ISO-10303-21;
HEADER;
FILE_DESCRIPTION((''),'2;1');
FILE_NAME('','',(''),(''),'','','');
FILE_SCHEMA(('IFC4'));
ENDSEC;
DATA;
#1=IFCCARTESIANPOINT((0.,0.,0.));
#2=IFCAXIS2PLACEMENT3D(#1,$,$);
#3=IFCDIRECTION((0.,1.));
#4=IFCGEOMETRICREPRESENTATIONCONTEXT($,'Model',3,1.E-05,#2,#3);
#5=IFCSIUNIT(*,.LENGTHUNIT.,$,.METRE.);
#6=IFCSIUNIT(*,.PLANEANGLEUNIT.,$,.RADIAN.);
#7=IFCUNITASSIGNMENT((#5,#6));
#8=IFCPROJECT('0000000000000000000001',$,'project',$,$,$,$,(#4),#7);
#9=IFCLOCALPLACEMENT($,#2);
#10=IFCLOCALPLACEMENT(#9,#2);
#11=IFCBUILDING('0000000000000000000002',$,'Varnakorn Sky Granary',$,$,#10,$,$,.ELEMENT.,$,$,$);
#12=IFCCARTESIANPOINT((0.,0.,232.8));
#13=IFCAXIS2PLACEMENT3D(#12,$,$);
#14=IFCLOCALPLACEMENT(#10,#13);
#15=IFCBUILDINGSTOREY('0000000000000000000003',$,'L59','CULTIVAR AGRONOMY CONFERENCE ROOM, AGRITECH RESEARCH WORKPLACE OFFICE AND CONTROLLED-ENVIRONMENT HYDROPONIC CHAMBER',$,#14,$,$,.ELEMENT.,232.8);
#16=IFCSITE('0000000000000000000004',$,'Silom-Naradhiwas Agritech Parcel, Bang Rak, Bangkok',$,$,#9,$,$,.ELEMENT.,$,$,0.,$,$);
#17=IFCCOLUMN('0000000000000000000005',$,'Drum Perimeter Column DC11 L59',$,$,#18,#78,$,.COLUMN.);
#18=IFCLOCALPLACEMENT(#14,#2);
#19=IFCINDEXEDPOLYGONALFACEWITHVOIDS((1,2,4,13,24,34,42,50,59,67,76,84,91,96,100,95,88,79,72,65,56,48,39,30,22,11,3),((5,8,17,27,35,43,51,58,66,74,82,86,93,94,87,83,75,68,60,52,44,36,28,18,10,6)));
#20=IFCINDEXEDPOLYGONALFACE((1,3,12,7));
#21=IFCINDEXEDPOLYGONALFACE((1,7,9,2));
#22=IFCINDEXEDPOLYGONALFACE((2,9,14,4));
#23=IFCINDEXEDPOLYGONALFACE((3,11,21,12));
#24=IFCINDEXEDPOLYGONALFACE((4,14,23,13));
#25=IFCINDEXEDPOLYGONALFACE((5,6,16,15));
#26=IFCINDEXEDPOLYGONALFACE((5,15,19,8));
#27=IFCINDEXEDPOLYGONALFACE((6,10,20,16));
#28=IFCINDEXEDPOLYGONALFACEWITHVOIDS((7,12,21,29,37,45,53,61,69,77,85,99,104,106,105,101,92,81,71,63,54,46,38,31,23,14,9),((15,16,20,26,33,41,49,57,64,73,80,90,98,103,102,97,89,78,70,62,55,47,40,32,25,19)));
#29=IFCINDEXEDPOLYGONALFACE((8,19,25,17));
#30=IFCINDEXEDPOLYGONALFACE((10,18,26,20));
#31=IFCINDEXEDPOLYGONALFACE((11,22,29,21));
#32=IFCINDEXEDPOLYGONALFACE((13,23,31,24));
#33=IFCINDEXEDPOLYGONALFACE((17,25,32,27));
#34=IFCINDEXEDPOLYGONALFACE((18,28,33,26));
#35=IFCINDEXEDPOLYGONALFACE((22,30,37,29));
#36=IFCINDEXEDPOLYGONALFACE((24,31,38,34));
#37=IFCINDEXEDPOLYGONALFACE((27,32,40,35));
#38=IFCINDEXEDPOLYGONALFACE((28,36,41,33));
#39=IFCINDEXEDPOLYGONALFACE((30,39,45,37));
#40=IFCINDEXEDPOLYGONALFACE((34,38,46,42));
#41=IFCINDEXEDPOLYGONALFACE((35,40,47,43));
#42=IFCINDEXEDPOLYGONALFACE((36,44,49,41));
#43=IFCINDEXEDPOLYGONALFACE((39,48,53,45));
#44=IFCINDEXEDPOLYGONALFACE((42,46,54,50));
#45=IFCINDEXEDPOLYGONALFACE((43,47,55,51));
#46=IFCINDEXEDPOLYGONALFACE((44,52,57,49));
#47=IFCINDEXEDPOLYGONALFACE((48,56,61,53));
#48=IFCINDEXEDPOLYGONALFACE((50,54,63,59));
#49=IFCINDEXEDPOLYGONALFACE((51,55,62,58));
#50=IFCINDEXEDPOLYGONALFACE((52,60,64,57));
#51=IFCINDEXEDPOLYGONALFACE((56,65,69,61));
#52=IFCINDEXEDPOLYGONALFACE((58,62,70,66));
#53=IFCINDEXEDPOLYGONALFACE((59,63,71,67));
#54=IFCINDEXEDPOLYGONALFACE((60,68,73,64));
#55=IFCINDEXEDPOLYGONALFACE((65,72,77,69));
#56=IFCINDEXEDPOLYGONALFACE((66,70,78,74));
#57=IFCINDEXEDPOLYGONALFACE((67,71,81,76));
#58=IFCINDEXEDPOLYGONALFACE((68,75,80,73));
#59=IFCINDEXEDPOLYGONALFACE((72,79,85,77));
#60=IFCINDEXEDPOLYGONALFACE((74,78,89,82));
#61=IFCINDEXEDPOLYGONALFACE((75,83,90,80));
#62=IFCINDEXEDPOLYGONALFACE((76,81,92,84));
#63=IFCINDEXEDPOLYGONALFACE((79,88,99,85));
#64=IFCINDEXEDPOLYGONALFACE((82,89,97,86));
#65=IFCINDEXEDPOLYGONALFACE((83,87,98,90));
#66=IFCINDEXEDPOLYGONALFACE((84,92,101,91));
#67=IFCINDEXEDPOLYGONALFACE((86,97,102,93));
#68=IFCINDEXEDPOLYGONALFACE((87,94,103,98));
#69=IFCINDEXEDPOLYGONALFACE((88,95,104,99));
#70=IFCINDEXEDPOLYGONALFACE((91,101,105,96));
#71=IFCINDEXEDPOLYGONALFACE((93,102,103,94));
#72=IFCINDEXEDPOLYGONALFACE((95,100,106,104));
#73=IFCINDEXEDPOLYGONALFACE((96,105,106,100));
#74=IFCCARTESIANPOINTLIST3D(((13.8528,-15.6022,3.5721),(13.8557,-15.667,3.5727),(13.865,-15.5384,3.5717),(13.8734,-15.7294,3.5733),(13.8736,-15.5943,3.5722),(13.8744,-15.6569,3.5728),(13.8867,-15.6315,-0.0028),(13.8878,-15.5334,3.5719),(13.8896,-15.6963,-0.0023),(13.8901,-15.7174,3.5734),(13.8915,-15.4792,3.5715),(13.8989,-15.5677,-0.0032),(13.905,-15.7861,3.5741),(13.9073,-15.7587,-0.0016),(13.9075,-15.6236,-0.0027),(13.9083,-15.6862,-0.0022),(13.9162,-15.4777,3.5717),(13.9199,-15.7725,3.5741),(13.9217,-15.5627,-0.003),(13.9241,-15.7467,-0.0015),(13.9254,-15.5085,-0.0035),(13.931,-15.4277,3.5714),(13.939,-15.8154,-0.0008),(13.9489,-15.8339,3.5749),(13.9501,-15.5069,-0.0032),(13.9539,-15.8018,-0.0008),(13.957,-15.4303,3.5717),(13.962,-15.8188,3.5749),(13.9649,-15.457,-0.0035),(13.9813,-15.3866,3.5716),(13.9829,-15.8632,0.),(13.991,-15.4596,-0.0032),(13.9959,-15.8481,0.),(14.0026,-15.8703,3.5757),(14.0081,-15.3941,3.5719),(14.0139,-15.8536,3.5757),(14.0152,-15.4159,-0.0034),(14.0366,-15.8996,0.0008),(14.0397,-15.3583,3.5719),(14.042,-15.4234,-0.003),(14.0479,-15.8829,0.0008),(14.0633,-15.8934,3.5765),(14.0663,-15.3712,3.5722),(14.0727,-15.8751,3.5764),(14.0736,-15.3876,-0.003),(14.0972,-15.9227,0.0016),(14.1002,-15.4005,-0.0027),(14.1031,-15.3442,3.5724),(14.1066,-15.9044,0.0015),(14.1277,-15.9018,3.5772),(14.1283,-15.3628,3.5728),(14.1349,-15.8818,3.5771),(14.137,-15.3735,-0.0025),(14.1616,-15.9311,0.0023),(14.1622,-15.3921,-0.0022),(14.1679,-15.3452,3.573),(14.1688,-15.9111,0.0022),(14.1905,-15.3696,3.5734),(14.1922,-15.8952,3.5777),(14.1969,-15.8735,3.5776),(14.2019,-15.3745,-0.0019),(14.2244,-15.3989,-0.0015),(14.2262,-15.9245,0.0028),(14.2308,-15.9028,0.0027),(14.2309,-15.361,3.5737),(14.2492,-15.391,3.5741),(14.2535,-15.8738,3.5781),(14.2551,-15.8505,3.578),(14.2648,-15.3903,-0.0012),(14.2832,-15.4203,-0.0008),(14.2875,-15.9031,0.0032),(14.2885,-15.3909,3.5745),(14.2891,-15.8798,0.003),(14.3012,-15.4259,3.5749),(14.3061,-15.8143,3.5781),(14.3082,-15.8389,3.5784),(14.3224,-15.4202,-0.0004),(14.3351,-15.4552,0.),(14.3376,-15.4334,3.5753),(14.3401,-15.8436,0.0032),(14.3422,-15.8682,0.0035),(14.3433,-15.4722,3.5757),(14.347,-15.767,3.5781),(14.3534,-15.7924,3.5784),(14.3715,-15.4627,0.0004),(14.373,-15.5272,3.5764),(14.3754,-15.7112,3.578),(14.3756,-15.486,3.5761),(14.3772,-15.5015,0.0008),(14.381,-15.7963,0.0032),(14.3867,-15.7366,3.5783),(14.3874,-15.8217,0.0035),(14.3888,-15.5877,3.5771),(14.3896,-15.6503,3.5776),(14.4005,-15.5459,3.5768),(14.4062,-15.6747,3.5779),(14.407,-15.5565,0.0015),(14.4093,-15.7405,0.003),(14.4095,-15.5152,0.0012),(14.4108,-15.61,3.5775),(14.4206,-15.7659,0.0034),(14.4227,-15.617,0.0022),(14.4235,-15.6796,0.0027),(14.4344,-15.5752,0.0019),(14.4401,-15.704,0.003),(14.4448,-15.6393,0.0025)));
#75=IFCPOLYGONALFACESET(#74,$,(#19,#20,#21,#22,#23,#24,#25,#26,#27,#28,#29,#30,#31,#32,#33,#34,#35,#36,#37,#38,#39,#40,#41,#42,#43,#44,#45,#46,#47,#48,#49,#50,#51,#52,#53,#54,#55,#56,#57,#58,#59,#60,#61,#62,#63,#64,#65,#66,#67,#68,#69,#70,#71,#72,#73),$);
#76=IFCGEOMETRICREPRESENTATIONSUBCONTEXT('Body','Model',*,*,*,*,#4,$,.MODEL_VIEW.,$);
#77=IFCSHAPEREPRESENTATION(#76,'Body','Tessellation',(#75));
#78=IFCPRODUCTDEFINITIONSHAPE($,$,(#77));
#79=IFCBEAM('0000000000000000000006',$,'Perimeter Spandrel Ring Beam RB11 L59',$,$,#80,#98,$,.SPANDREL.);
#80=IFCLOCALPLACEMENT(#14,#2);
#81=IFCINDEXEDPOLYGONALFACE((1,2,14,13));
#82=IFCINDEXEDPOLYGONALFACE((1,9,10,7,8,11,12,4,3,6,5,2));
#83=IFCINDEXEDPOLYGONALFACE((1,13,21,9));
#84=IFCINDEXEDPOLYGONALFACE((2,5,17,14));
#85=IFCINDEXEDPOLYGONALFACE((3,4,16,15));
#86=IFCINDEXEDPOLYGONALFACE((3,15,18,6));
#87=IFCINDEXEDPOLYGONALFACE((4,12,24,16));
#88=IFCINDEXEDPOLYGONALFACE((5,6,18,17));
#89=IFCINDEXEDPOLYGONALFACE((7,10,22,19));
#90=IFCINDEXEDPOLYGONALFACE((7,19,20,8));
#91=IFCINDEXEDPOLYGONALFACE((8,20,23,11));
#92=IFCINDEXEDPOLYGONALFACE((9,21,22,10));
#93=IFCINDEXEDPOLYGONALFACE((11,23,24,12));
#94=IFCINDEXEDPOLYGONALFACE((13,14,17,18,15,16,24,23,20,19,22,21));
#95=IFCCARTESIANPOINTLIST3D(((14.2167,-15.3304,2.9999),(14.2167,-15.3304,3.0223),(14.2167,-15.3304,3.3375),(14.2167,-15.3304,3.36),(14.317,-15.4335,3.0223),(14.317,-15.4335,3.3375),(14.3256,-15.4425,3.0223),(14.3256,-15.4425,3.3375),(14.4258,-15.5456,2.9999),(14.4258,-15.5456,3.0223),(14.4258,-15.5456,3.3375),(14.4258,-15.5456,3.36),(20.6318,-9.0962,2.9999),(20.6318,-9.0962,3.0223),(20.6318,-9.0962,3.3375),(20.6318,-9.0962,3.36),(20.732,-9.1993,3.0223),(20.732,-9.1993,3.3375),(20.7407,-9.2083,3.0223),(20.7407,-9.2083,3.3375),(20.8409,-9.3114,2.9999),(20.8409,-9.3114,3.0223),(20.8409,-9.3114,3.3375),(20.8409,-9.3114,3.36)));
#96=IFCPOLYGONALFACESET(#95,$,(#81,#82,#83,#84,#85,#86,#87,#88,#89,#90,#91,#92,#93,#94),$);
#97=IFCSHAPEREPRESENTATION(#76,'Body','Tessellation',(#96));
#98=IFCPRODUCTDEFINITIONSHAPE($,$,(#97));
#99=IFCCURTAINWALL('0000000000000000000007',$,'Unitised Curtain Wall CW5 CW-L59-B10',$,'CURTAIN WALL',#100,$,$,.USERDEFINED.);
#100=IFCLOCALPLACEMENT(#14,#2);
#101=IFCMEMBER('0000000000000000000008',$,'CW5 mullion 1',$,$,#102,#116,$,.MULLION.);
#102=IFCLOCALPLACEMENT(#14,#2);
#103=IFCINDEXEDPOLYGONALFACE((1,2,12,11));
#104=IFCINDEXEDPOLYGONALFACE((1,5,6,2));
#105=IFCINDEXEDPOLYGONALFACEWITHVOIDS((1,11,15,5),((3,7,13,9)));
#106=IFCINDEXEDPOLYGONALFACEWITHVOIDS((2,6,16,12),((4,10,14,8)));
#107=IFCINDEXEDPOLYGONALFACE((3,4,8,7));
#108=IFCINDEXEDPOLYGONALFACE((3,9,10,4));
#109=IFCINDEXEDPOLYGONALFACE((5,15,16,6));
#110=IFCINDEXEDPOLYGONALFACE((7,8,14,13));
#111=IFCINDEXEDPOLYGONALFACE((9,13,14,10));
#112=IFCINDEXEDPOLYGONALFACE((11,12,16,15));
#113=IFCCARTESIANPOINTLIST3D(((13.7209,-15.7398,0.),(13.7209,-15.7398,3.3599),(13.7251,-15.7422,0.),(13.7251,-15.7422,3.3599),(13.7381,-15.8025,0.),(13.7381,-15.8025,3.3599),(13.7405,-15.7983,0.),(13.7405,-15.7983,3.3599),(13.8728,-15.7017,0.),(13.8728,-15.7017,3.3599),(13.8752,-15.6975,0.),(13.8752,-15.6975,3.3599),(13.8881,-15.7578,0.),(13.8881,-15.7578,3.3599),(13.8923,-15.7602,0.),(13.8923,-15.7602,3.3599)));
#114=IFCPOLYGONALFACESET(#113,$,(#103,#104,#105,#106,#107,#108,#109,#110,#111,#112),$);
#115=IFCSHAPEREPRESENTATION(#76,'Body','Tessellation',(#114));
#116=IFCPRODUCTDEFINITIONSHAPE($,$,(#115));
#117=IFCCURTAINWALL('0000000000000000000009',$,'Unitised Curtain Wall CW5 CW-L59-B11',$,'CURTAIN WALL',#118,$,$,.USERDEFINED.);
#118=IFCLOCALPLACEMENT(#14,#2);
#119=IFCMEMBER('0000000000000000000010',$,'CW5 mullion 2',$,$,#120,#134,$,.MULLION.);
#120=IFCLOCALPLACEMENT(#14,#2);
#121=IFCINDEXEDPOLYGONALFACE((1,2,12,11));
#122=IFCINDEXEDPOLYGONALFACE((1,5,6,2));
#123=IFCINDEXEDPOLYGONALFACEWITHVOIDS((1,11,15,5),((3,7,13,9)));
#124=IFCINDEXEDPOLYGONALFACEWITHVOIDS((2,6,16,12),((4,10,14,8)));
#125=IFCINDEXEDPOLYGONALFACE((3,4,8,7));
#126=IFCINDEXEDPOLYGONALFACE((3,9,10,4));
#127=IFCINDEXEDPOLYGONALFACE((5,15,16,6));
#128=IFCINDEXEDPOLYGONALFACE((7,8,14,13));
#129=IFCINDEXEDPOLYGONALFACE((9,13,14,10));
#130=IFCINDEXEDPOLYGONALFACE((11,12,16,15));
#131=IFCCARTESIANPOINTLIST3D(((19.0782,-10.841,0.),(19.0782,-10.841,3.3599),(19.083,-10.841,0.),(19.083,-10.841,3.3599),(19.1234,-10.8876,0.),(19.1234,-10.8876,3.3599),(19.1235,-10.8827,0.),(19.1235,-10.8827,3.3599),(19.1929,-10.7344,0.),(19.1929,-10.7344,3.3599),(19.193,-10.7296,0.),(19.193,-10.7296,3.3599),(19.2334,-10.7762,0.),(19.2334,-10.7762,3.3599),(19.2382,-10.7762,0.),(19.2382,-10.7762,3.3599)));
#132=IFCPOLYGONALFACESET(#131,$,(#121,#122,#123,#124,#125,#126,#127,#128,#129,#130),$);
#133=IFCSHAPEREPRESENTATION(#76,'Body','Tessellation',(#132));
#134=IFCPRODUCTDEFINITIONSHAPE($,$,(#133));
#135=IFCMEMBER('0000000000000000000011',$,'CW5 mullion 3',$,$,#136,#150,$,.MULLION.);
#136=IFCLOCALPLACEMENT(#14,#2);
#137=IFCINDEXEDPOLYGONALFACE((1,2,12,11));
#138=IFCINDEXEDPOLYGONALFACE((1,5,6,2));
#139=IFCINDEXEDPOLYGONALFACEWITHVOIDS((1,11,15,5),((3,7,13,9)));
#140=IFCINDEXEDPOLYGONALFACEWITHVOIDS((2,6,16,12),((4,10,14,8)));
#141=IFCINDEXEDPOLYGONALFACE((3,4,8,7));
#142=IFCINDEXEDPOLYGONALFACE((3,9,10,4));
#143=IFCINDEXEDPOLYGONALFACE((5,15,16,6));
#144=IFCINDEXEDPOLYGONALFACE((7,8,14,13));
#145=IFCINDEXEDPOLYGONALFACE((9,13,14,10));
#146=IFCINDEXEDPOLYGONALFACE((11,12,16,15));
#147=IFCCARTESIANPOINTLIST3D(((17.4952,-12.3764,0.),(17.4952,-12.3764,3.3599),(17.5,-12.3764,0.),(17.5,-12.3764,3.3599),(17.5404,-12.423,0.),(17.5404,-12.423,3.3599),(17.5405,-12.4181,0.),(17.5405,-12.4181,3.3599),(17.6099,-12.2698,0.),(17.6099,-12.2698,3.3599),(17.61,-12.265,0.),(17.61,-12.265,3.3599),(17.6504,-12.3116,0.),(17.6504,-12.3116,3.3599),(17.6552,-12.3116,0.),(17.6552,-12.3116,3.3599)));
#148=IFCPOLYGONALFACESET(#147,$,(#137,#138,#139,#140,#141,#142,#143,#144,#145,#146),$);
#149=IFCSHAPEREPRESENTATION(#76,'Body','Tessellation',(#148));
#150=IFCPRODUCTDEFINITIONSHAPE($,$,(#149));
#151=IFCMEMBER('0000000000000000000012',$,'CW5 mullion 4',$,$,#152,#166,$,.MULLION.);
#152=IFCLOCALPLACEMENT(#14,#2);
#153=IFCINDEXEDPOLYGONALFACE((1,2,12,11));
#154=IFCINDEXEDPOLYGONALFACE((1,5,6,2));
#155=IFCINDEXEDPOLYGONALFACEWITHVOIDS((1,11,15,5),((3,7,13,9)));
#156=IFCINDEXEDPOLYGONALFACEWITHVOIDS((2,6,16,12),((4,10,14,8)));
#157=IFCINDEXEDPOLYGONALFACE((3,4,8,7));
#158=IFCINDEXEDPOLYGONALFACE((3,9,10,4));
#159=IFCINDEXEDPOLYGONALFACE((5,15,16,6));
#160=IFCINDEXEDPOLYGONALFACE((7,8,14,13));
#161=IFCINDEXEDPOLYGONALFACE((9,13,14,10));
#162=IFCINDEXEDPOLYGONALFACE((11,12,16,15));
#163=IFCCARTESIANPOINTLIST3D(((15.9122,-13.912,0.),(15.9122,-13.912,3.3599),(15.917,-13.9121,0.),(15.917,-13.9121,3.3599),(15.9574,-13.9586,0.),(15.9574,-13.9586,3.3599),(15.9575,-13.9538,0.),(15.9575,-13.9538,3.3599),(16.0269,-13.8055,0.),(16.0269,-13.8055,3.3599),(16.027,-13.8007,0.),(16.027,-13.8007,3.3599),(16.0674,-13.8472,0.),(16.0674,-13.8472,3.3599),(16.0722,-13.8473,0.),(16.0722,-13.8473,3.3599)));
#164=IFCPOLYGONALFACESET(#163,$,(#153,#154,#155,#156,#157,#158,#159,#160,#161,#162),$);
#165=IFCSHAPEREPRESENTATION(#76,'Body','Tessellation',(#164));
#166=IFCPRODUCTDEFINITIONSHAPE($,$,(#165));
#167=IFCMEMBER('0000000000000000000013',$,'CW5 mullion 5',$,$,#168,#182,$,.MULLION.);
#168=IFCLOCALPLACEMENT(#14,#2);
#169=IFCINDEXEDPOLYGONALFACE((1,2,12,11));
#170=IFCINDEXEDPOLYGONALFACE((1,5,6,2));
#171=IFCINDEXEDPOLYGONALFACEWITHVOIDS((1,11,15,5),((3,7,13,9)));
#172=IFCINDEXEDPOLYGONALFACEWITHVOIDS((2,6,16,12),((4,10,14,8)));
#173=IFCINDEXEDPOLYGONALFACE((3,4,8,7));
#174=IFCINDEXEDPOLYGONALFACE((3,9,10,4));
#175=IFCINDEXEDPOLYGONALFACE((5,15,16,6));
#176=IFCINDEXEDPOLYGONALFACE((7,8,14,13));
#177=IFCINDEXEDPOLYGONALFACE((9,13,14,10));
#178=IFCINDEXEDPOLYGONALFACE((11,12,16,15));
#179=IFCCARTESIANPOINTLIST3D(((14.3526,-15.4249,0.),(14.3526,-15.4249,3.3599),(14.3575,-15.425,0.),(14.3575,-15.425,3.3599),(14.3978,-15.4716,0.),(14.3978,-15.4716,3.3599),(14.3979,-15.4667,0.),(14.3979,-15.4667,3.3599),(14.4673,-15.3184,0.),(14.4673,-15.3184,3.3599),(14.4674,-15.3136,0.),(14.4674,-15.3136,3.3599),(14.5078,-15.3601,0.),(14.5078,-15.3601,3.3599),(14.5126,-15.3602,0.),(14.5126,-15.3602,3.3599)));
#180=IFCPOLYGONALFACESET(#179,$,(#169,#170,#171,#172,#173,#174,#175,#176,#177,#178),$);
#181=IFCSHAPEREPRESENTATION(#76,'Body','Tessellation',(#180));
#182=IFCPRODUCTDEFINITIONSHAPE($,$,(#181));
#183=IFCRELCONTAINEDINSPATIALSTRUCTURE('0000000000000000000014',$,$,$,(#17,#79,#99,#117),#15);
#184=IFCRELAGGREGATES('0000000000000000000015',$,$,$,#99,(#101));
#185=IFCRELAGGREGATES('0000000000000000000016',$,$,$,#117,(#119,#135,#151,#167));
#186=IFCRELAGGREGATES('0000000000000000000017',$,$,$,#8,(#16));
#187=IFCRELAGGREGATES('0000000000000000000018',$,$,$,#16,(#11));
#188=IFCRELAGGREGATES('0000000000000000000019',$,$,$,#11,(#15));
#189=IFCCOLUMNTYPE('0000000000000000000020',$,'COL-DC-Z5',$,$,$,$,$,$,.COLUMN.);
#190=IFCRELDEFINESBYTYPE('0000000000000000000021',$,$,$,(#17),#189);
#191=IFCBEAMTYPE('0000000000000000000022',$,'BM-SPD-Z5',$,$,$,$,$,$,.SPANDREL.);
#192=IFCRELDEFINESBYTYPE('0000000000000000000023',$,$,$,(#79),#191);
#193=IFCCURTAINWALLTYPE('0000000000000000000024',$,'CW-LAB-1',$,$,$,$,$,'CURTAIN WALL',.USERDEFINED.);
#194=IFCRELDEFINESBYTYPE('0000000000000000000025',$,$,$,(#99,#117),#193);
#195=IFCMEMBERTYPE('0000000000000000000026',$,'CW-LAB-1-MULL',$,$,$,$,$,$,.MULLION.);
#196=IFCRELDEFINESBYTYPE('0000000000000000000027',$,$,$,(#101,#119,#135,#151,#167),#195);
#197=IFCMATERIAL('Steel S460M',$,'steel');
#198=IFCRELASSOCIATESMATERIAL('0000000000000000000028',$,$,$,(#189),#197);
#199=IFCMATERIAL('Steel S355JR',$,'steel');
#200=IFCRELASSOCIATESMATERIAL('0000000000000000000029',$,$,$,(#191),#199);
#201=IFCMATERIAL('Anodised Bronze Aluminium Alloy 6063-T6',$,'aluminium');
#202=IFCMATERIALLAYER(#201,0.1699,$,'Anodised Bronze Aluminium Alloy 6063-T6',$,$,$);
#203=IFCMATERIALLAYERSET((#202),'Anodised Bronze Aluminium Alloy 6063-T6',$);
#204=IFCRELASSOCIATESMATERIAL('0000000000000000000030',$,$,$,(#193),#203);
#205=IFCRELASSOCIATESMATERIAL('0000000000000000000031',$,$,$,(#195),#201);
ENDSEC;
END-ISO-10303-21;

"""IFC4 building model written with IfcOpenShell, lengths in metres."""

from ifc_helpers import new_model, si_unit, direction, frame, origin, origin_2d, place, context, subcontext, project, spatial, hollow_rectangle, hollow_circle, i_section, extrude, material, layer, layer_set, material_profile, profile_set, type_object, element, aggregate, save


model = new_model("IFC4")

# Units and contexts
model_context = context("Model", 3, precision=1e-05, world=origin(), true_north=direction((0.0, 1.0)))
body_context = subcontext(model_context, "Body", "Model", "MODEL_VIEW")
ifc_project = project(units=[si_unit("LENGTHUNIT", "METRE"), si_unit("PLANEANGLEUNIT", "RADIAN")], contexts=[model_context])

# Site, building, storey
site_placement = place(None, origin())
site = spatial("IfcSite", under=ifc_project, at=site_placement, Name="Silom-Naradhiwas Agritech Parcel, Bang Rak, Bangkok", CompositionType="ELEMENT", RefElevation=0.0)
building_placement = place(site_placement, origin())
building = spatial("IfcBuilding", under=site, at=building_placement, Name="Varnakorn Sky Granary", CompositionType="ELEMENT")
storey_placement = place(building_placement, frame((0.0, 0.0, 232.8)))
storey = spatial("IfcBuildingStorey", under=building, at=storey_placement, Name="L59", Description="CULTIVAR AGRONOMY CONFERENCE ROOM, AGRITECH RESEARCH WORKPLACE OFFICE AND CONTROLLED-ENVIRONMENT HYDROPONIC CHAMBER", CompositionType="ELEMENT", Elevation=232.8)

# Column
ifc_material_1 = material(Name="Steel S460M", Category="steel")
ifc_material_profile_1 = material_profile(ifc_material_1, hollow_circle(Radius=0.2795, WallThickness=0.02, at=origin_2d()), Name="CHS 559x20")
ifc_profile_set_1 = profile_set([ifc_material_profile_1], Name="Steel S460M")
column_type = type_object("IfcColumnType", Name="COL-DC-Z5", PredefinedType="COLUMN", material=ifc_profile_set_1)
column_placement = place(storey_placement, frame((14.1655, -15.6516, 0.0), z_axis=(-0.009492, 0.008194, 0.999921), x_axis=(-0.653478, -0.756945, 0.0)))
element("IfcColumn", 1, at=column_placement, inside=storey, type_object=column_type, Name="Drum Perimeter Column DC11 L59", PredefinedType="COLUMN", context=body_context, shape_type="SweptSolid", body=[
    extrude(hollow_circle(Radius=0.2795, WallThickness=0.02, at=origin_2d()), origin(), (0.0, 0.0, 1.0), 3.5752),
])

# Beam
ifc_material_2 = material(Name="Steel S355JR", Category="steel")
ifc_material_profile_2 = material_profile(ifc_material_2, i_section(OverallWidth=0.3, OverallDepth=0.3601, WebThickness=0.0125, FlangeThickness=0.0225, at=origin_2d()), Name="HE 360 B")
ifc_profile_set_2 = profile_set([ifc_material_profile_2], Name="Steel S355JR")
beam_type = type_object("IfcBeamType", Name="BM-SPD-Z5", PredefinedType="SPANDREL", material=ifc_profile_set_2)
beam_placement = place(storey_placement, frame((14.3213, -15.438, 3.1799), z_axis=(0.717146, 0.696922, 0.0), x_axis=(-0.696922, 0.717146, 0.0)))
element("IfcBeam", 2, at=beam_placement, inside=storey, type_object=beam_type, Name="Perimeter Spandrel Ring Beam RB11 L59", PredefinedType="SPANDREL", context=body_context, shape_type="SweptSolid", body=[
    extrude(i_section(OverallWidth=0.3, OverallDepth=0.3601, WebThickness=0.0125, FlangeThickness=0.0225, at=origin_2d()), origin(), (0.0, 0.0, 1.0), 8.9453),
])

# Curtain wall, member
ifc_material_3 = material(Name="Anodised Bronze Aluminium Alloy 6063-T6", Category="aluminium")
ifc_layer_1 = layer(ifc_material_3, 0.1699, Name="Anodised Bronze Aluminium Alloy 6063-T6")
ifc_layer_set_1 = layer_set([ifc_layer_1], Name="Anodised Bronze Aluminium Alloy 6063-T6")
curtain_wall_type = type_object("IfcCurtainWallType", Name="CW-LAB-1", ElementType="CURTAIN WALL", PredefinedType="USERDEFINED", material=ifc_layer_set_1)
curtain_wall_1_placement = place(storey_placement, origin())
curtain_wall_1 = element("IfcCurtainWall", 3, at=curtain_wall_1_placement, inside=storey, type_object=curtain_wall_type, Name="Unitised Curtain Wall CW5 CW-L59-B10", ObjectType="CURTAIN WALL", PredefinedType="USERDEFINED")
ifc_material_profile_3 = material_profile(ifc_material_3, hollow_rectangle(XDim=0.0649, YDim=0.1599, WallThickness=0.0034, at=origin_2d()), Name="ALU MULL 65x160")
ifc_profile_set_3 = profile_set([ifc_material_profile_3], Name="Anodised Bronze Aluminium Alloy 6063-T6")
member_type_1 = type_object("IfcMemberType", Name="CW-LAB-1-MULL", PredefinedType="MULLION", material=ifc_profile_set_3)
member_1_placement = place(storey_placement, frame((13.8066, -15.75, 0.0), z_axis=(0.0, 0.0, 1.0), x_axis=(0.26464, -0.964347, 0.0)))
member_1 = element("IfcMember", 4, at=member_1_placement, type_object=member_type_1, Name="CW5 mullion 1", PredefinedType="MULLION", context=body_context, shape_type="SweptSolid", body=[
    extrude(hollow_rectangle(XDim=0.0649, YDim=0.1599, WallThickness=0.0034, at=origin_2d()), origin(), (0.0, 0.0, 1.0), 3.3599),
])

# Curtain wall, members
curtain_wall_2_placement = place(storey_placement, origin())
curtain_wall_2 = element("IfcCurtainWall", 5, at=curtain_wall_2_placement, inside=storey, type_object=curtain_wall_type, Name="Unitised Curtain Wall CW5 CW-L59-B11", ObjectType="CURTAIN WALL", PredefinedType="USERDEFINED")
member_2_placement = place(storey_placement, frame((19.1582, -10.8086, 0.0), z_axis=(0.0, 0.0, 1.0), x_axis=(0.696279, -0.717771, 0.0)))
member_2 = element("IfcMember", 6, at=member_2_placement, type_object=member_type_1, Name="CW5 mullion 2", PredefinedType="MULLION", context=body_context, shape_type="SweptSolid", body=[
    extrude(hollow_rectangle(XDim=0.0649, YDim=0.1599, WallThickness=0.0034, at=origin_2d()), origin(), (0.0, 0.0, 1.0), 3.3599),
])
member_3_placement = place(storey_placement, frame((17.5752, -12.344, 0.0), z_axis=(0.0, 0.0, 1.0), x_axis=(0.696279, -0.717771, 0.0)))
member_3 = element("IfcMember", 7, at=member_3_placement, type_object=member_type_1, Name="CW5 mullion 3", PredefinedType="MULLION", context=body_context, shape_type="SweptSolid", body=[
    extrude(hollow_rectangle(XDim=0.0649, YDim=0.1599, WallThickness=0.0034, at=origin_2d()), origin(), (0.0, 0.0, 1.0), 3.3599),
])
member_4_placement = place(storey_placement, frame((15.9922, -13.8796, 0.0), z_axis=(0.0, 0.0, 1.0), x_axis=(0.696279, -0.717771, 0.0)))
member_4 = element("IfcMember", 8, at=member_4_placement, type_object=member_type_1, Name="CW5 mullion 4", PredefinedType="MULLION", context=body_context, shape_type="SweptSolid", body=[
    extrude(hollow_rectangle(XDim=0.0649, YDim=0.1599, WallThickness=0.0034, at=origin_2d()), origin(), (0.0, 0.0, 1.0), 3.3599),
])
member_5_placement = place(storey_placement, frame((14.4326, -15.3926, 0.0), z_axis=(0.0, 0.0, 1.0), x_axis=(0.696279, -0.717771, 0.0)))
member_5 = element("IfcMember", 9, at=member_5_placement, type_object=member_type_1, Name="CW5 mullion 5", PredefinedType="MULLION", context=body_context, shape_type="SweptSolid", body=[
    extrude(hollow_rectangle(XDim=0.0649, YDim=0.1599, WallThickness=0.0034, at=origin_2d()), origin(), (0.0, 0.0, 1.0), 3.3599),
])

aggregate(curtain_wall_1, [member_1])

aggregate(curtain_wall_2, [member_2, member_3, member_4, member_5])

save(model, "model.ifc")
